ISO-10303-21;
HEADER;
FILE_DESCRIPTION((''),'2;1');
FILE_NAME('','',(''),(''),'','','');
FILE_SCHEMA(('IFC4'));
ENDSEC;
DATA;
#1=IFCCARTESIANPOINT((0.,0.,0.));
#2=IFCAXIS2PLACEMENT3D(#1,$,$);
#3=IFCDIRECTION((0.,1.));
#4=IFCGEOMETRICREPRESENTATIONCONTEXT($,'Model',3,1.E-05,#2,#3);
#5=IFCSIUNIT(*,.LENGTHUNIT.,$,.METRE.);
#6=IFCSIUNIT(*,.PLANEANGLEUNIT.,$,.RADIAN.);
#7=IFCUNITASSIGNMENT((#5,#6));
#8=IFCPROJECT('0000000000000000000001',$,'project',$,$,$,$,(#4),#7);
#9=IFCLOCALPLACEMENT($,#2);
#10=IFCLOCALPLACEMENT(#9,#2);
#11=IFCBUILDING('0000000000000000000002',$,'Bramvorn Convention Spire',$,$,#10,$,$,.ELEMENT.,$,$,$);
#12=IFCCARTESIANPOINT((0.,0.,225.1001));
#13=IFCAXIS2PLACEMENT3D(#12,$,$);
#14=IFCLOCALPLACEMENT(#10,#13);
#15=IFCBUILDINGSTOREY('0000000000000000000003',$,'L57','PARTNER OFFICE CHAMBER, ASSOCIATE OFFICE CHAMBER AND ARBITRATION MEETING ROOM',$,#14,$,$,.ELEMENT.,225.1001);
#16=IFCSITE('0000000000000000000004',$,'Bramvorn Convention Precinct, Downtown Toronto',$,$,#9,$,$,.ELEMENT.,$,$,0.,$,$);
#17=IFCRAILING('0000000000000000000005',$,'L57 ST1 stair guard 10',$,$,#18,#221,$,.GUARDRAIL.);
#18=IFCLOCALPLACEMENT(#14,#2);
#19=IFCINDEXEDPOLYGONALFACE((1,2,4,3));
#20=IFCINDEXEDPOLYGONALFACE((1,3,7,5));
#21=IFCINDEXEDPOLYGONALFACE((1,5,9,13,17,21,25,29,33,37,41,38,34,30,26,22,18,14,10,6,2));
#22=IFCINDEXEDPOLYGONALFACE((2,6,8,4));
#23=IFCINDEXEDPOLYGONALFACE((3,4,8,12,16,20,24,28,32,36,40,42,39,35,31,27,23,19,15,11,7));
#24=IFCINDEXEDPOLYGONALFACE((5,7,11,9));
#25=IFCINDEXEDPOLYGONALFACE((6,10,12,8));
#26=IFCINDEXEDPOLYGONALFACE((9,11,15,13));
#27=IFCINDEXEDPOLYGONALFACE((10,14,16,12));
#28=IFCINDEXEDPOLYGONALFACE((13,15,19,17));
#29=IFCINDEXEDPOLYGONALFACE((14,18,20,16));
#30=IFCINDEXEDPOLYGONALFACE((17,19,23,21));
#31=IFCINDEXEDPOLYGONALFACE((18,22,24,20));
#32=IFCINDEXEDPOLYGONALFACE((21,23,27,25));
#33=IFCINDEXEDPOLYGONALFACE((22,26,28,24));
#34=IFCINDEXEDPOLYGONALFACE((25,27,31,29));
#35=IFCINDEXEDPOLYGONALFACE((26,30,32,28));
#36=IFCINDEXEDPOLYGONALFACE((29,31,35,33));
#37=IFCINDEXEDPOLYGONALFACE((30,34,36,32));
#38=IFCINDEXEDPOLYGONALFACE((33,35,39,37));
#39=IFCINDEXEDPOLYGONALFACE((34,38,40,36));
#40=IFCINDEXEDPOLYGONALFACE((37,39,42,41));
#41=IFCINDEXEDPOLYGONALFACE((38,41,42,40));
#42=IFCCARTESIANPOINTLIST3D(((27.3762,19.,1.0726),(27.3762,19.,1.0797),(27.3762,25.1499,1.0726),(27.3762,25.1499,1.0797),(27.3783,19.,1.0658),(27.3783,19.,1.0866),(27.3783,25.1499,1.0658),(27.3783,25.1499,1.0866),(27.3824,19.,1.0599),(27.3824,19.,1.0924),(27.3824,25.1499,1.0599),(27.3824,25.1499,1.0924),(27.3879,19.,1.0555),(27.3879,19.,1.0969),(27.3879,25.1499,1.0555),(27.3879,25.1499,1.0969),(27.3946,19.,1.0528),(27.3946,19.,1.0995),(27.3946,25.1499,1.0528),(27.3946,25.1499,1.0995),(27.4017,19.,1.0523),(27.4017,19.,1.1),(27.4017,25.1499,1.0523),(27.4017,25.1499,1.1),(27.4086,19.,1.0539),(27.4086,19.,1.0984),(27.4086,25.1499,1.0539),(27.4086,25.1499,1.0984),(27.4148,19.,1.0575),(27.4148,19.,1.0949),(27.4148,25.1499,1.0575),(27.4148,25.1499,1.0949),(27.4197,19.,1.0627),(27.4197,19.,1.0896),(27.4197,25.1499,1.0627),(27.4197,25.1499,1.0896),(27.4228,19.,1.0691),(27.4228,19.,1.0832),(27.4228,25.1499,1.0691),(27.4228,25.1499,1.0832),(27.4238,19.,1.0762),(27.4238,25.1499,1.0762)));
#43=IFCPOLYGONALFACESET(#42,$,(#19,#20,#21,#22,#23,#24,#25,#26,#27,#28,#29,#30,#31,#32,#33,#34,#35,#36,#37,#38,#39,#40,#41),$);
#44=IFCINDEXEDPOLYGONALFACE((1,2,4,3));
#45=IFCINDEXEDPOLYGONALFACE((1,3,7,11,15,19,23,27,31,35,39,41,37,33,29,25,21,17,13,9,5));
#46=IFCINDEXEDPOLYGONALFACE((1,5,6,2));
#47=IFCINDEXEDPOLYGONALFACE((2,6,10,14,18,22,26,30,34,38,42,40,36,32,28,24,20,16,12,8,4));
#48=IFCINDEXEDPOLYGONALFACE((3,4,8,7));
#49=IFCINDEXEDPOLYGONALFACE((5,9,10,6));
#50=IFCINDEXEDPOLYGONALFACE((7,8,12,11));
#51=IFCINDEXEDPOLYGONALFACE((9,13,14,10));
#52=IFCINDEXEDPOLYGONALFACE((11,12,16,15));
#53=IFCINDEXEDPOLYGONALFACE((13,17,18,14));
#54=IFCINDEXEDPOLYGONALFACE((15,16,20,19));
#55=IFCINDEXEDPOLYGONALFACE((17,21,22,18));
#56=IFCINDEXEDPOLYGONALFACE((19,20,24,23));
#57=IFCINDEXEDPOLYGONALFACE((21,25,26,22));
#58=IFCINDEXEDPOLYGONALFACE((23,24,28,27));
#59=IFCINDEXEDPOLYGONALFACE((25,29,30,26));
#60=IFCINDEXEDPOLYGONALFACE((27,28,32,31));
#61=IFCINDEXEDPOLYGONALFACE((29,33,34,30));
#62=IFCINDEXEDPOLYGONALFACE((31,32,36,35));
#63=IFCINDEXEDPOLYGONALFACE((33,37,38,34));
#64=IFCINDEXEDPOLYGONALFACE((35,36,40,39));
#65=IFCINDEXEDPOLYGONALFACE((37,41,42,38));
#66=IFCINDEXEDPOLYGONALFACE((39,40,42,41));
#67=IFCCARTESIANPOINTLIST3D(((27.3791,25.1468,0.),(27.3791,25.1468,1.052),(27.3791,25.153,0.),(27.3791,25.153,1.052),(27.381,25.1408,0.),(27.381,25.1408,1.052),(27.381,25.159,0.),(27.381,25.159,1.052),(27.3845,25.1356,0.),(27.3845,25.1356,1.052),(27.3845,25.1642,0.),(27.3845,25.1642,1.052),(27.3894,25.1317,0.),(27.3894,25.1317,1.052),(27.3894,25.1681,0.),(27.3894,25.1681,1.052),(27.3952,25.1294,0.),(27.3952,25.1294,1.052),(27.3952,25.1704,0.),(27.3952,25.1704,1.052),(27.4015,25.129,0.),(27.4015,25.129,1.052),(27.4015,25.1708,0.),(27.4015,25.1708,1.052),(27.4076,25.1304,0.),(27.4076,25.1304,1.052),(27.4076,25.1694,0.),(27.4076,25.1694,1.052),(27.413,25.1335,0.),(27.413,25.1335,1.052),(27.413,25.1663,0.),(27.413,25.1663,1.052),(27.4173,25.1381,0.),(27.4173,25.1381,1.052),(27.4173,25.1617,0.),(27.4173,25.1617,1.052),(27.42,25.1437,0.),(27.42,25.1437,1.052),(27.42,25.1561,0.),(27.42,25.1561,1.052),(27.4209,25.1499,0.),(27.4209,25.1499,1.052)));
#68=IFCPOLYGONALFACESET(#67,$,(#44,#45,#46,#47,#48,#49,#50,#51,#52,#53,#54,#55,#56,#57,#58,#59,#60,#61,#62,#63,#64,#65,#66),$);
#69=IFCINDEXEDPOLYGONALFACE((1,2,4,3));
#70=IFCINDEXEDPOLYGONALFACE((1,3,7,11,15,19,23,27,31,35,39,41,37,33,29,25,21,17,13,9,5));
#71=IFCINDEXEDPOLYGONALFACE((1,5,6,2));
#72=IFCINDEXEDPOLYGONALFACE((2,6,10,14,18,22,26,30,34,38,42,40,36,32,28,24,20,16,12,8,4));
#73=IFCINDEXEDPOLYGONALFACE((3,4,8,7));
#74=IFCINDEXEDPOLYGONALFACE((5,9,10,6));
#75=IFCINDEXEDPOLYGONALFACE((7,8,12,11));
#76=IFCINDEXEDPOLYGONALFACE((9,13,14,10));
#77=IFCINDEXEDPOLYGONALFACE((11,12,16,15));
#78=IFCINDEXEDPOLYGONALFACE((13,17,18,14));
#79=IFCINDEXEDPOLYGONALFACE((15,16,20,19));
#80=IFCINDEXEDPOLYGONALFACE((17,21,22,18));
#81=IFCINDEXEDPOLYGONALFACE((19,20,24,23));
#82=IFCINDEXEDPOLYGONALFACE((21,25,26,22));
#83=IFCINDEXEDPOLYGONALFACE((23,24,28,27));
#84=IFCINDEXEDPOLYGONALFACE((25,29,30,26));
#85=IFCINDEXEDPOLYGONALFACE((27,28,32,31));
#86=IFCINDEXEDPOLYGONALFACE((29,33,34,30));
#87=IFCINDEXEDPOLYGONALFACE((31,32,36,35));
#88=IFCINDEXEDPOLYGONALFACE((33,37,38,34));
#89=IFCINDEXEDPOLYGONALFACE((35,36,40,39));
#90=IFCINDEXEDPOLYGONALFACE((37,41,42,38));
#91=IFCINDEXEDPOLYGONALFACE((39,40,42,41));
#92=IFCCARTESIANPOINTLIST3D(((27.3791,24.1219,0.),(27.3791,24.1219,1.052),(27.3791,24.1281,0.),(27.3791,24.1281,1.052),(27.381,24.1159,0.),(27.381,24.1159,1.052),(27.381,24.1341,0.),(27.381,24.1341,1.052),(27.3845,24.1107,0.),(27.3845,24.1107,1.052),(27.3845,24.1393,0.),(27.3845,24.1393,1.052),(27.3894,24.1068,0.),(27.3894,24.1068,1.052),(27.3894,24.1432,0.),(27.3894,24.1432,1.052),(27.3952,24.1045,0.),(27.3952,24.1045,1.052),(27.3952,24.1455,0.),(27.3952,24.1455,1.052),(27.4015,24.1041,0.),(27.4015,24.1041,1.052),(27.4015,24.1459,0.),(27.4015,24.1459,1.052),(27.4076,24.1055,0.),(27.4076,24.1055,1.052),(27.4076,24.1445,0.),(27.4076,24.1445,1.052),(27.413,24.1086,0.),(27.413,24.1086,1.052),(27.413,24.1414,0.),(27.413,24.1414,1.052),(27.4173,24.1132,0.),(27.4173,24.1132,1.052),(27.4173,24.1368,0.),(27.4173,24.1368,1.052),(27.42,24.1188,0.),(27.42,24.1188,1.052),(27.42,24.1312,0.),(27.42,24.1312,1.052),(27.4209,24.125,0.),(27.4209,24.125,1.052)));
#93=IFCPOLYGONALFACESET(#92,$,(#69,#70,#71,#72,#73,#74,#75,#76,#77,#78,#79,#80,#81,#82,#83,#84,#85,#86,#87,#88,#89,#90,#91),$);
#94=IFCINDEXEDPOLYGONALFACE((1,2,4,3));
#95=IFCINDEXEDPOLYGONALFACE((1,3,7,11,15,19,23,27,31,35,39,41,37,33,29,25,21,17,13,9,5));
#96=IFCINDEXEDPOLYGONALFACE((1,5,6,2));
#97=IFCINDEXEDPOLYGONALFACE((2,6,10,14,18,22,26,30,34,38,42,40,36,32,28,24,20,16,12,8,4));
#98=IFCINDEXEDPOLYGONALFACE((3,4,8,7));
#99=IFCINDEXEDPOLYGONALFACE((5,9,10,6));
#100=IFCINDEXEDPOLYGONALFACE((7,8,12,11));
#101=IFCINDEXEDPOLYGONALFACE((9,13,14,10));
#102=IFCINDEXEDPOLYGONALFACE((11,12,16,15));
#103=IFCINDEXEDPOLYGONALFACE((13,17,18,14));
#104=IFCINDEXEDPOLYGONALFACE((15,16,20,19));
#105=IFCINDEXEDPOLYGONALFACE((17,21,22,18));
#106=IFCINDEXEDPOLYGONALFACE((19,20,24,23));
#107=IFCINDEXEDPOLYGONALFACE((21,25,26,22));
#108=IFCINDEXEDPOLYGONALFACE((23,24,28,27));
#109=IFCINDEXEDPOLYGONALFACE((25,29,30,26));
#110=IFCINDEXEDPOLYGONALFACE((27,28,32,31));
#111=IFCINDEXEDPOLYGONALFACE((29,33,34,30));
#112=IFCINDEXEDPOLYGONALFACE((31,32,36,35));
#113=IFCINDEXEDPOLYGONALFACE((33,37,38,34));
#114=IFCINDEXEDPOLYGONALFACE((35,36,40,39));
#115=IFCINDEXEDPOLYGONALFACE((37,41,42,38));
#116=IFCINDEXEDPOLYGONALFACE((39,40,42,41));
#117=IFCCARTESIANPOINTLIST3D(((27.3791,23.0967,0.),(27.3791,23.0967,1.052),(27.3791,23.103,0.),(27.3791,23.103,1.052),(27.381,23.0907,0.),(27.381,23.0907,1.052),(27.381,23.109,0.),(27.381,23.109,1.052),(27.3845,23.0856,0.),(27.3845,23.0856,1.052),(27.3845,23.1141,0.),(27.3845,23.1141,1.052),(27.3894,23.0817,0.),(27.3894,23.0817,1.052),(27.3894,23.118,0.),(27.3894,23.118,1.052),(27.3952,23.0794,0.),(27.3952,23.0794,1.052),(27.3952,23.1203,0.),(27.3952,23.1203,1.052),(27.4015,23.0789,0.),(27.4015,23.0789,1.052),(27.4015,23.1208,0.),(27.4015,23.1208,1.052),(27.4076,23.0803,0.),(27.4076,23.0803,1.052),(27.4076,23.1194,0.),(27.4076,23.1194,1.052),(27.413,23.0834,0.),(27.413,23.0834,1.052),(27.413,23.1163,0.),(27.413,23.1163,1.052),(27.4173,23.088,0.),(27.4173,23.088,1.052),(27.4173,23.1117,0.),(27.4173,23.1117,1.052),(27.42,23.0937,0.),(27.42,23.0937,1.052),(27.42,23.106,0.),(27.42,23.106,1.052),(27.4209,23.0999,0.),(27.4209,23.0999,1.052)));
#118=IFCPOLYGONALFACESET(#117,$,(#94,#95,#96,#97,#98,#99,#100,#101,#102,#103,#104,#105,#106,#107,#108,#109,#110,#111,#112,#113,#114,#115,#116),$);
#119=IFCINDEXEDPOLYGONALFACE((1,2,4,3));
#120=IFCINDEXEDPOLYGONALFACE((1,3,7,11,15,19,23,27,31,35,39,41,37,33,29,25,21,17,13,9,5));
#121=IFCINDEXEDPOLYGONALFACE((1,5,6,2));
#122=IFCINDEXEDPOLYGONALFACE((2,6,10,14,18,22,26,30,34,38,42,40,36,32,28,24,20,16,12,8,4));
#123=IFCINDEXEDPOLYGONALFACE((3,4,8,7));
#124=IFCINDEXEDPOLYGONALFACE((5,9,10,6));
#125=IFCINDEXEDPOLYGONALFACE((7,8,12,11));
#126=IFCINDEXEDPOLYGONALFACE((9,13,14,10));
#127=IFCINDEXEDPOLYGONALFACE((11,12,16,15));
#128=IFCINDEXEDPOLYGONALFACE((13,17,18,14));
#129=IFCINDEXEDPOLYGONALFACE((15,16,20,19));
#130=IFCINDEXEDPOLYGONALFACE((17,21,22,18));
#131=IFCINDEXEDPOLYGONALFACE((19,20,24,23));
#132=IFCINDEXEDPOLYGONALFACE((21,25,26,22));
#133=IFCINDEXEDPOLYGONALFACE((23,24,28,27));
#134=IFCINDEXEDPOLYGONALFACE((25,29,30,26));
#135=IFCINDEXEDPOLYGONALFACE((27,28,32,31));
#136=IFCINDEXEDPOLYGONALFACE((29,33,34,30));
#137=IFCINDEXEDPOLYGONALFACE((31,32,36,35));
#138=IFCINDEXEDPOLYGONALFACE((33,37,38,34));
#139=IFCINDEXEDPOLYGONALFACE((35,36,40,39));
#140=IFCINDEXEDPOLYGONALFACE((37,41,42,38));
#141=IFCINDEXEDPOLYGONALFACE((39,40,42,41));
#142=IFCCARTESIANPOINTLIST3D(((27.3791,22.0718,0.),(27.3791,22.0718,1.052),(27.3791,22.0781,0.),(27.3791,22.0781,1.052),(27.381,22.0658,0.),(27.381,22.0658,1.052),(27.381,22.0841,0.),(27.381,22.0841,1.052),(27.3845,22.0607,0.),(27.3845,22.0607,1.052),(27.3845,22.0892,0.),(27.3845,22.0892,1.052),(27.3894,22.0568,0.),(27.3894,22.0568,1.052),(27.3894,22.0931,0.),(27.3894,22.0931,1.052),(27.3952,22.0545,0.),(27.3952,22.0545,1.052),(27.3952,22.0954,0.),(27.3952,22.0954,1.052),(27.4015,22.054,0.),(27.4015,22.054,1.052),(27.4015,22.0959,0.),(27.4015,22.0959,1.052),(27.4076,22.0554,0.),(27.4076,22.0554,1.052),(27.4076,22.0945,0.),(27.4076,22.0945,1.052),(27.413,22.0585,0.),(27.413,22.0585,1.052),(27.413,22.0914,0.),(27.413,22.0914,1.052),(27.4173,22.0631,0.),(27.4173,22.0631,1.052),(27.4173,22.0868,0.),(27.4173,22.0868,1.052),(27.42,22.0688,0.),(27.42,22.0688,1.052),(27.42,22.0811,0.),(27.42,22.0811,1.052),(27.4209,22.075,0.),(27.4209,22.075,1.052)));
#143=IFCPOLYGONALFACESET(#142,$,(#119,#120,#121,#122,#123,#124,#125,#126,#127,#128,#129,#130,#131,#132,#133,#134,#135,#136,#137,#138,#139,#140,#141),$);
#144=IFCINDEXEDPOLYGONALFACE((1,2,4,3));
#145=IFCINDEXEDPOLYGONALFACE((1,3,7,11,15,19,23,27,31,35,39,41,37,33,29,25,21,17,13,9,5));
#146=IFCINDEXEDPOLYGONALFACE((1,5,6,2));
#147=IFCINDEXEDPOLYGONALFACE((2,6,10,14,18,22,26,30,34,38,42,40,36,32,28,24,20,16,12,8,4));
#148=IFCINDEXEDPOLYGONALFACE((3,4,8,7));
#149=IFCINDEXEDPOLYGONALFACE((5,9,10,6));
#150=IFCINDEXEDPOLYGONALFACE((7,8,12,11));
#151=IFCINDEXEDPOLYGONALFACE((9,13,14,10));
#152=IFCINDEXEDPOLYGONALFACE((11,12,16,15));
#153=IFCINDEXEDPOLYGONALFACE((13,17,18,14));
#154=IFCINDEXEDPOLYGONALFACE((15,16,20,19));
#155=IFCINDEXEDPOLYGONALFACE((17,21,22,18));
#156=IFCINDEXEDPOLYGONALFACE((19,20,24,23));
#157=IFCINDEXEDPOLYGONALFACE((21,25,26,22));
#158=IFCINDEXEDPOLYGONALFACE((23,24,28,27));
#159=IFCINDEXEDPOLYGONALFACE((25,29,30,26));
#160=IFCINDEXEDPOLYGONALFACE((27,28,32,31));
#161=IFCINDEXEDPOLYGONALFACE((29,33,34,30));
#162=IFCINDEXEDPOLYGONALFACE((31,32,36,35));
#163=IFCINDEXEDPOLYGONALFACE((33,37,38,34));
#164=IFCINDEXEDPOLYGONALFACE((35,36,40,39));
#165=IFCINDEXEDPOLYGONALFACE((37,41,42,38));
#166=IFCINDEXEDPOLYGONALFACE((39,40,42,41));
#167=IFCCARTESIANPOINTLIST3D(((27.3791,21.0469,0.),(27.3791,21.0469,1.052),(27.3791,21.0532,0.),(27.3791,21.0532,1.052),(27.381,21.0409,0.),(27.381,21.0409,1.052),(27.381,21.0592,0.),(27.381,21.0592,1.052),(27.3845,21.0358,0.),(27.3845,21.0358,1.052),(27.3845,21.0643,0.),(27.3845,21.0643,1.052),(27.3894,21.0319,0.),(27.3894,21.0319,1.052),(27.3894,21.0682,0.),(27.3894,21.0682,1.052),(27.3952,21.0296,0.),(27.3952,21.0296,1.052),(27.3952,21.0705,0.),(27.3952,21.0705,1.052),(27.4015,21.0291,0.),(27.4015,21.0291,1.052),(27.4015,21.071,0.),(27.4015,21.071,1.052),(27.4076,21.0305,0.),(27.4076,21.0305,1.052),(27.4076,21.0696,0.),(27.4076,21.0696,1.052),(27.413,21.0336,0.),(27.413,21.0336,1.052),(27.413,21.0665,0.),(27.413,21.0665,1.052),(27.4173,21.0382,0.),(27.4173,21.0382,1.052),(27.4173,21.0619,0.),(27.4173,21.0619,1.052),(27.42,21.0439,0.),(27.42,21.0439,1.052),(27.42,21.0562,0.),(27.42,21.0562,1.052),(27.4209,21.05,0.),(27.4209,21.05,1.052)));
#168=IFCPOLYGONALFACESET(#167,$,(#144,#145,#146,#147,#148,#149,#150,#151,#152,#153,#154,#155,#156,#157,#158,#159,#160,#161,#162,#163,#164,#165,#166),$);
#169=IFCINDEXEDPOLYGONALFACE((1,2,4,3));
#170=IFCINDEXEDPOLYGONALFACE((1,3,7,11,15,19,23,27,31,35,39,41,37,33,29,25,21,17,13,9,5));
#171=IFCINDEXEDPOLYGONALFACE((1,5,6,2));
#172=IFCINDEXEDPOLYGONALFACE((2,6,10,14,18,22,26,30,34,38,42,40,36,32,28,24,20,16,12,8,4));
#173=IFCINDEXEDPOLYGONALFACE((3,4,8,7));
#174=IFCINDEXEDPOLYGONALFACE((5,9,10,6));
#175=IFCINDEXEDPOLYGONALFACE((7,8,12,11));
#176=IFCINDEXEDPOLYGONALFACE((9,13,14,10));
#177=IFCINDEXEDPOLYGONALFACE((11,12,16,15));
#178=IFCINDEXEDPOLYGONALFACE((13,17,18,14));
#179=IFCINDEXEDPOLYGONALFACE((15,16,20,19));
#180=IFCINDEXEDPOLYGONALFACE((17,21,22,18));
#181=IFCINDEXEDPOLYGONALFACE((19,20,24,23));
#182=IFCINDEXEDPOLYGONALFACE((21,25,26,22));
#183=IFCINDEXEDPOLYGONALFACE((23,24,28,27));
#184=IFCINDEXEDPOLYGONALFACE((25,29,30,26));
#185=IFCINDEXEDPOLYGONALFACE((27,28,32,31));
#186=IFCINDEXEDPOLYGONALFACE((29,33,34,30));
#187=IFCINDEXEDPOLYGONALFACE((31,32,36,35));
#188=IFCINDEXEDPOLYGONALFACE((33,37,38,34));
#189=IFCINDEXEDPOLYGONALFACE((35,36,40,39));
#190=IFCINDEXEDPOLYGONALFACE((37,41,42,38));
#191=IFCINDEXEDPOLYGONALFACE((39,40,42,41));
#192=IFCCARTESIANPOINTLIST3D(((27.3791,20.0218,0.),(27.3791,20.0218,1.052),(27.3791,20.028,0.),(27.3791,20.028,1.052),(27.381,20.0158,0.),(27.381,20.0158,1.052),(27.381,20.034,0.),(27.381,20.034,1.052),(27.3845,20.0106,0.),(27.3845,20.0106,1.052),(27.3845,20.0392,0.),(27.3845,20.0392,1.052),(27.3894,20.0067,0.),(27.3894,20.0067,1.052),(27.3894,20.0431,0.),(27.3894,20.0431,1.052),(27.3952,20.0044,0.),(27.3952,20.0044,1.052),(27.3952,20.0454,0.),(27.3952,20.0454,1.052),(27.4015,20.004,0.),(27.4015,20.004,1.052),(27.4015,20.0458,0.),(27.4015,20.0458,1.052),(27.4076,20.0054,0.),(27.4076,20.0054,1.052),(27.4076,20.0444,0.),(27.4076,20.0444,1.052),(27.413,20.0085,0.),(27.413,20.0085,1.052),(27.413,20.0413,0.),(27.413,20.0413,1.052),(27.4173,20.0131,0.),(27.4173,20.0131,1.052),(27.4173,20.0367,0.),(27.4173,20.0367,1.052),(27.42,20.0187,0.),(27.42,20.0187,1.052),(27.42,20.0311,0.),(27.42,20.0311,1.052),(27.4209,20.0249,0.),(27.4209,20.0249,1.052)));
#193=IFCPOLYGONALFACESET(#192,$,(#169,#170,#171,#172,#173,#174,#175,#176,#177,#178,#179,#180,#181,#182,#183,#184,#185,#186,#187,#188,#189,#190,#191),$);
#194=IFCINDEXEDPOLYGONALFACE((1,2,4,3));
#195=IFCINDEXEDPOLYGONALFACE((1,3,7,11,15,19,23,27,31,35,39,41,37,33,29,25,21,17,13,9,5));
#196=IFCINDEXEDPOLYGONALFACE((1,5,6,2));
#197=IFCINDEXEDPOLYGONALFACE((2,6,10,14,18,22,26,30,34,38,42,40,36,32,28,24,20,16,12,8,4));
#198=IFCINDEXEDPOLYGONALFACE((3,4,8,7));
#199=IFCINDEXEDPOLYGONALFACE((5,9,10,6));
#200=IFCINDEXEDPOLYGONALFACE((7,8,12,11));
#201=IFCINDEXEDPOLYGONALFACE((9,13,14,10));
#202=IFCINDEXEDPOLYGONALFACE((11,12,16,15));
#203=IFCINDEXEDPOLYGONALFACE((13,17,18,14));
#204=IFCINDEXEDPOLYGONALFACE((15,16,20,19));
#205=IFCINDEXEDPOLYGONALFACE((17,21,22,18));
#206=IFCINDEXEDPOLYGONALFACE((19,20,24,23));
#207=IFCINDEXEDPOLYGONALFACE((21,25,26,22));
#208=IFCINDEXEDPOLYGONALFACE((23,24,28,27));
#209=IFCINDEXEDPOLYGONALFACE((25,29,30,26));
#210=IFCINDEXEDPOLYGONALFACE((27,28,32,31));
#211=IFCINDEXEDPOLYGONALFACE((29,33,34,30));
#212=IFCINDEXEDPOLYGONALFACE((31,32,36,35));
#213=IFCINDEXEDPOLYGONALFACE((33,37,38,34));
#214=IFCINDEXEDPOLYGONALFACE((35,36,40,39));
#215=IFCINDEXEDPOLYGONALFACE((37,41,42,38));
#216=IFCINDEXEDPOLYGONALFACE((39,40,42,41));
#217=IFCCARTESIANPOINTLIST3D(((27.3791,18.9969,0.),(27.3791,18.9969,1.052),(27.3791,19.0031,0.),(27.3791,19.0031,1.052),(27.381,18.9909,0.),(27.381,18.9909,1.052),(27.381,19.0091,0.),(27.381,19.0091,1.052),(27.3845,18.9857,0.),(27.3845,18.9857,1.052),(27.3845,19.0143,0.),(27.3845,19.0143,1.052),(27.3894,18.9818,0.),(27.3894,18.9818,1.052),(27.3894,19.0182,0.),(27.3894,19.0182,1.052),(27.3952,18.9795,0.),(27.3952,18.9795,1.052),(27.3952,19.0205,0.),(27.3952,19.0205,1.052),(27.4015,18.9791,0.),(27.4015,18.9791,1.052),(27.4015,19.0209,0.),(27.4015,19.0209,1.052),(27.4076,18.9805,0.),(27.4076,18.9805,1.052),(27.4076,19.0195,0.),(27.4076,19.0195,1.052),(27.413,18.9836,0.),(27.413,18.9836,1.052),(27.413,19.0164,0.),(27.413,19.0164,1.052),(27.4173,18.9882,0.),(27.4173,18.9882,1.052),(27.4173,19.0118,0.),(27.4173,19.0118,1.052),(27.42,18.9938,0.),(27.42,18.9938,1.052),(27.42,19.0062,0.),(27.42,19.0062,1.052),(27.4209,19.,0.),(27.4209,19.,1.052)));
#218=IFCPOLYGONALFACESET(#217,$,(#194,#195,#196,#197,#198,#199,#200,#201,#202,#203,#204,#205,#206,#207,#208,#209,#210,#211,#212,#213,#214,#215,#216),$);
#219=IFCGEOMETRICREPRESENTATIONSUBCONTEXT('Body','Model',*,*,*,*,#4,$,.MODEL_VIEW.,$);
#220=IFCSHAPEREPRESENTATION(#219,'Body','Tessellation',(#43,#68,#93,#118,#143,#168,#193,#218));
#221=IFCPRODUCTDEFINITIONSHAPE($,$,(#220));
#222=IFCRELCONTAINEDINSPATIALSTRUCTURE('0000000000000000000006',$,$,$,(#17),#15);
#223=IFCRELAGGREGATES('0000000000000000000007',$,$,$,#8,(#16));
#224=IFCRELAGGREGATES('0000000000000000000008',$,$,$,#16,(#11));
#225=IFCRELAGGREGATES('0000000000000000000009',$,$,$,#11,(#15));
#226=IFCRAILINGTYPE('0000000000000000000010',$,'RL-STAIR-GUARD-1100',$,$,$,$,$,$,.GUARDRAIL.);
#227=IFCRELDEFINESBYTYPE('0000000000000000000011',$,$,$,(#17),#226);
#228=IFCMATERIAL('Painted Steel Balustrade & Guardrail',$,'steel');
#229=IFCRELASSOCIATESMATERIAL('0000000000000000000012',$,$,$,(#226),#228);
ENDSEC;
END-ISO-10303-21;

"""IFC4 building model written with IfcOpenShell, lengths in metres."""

from ifc_helpers import new_model, si_unit, direction, frame, origin, origin_2d, place, context, subcontext, project, spatial, circle, extrude, material, type_object, element, save


model = new_model("IFC4")

# Units and contexts
model_context = context("Model", 3, precision=1e-05, world=origin(), true_north=direction((0.0, 1.0)))
body_context = subcontext(model_context, "Body", "Model", "MODEL_VIEW")
ifc_project = project(units=[si_unit("LENGTHUNIT", "METRE"), si_unit("PLANEANGLEUNIT", "RADIAN")], contexts=[model_context])

# Site, building, storey
site_placement = place(None, origin())
site = spatial("IfcSite", under=ifc_project, at=site_placement, Name="Bramvorn Convention Precinct, Downtown Toronto", CompositionType="ELEMENT", RefElevation=0.0)
building_placement = place(site_placement, origin())
building = spatial("IfcBuilding", under=site, at=building_placement, Name="Bramvorn Convention Spire", CompositionType="ELEMENT")
storey_placement = place(building_placement, frame((0.0, 0.0, 225.1001)))
storey = spatial("IfcBuildingStorey", under=building, at=storey_placement, Name="L57", Description="PARTNER OFFICE CHAMBER, ASSOCIATE OFFICE CHAMBER AND ARBITRATION MEETING ROOM", CompositionType="ELEMENT", Elevation=225.1001)

# Railing
ifc_material_1 = material(Name="Painted Steel Balustrade & Guardrail", Category="steel")
railing_type = type_object("IfcRailingType", Name="RL-STAIR-GUARD-1100", PredefinedType="GUARDRAIL", material=ifc_material_1)
railing_1_placement = place(storey_placement, frame((27.3999, 25.1499, 0.0)))
element("IfcRailing", 1, at=railing_1_placement, inside=storey, type_object=railing_type, Name="L57 ST1 stair guard 10", PredefinedType="GUARDRAIL", context=body_context, shape_type="SweptSolid", body=[
    extrude(circle(Radius=0.0239, at=origin_2d()), frame((0.0, 0.0, 1.0762), z_axis=(0.0, -1.0, 0.0), x_axis=(1.0, 0.0, 0.0)), (0.0, 0.0, 1.0), 6.1499),
    extrude(circle(Radius=0.021, at=origin_2d()), origin(), (0.0, 0.0, 1.0), 1.052),
    extrude(circle(Radius=0.021, at=origin_2d()), frame((0.0, -1.0249, 0.0)), (0.0, 0.0, 1.0), 1.052),
    extrude(circle(Radius=0.021, at=origin_2d()), frame((0.0, -2.05, 0.0)), (0.0, 0.0, 1.0), 1.052),
    extrude(circle(Radius=0.021, at=origin_2d()), frame((0.0, -3.075, 0.0)), (0.0, 0.0, 1.0), 1.052),
    extrude(circle(Radius=0.021, at=origin_2d()), frame((0.0, -4.0999, 0.0)), (0.0, 0.0, 1.0), 1.052),
    extrude(circle(Radius=0.021, at=origin_2d()), frame((0.0, -5.125, 0.0)), (0.0, 0.0, 1.0), 1.052),
    extrude(circle(Radius=0.021, at=origin_2d()), frame((0.0, -6.1499, 0.0)), (0.0, 0.0, 1.0), 1.052),
])

save(model, "model.ifc")
